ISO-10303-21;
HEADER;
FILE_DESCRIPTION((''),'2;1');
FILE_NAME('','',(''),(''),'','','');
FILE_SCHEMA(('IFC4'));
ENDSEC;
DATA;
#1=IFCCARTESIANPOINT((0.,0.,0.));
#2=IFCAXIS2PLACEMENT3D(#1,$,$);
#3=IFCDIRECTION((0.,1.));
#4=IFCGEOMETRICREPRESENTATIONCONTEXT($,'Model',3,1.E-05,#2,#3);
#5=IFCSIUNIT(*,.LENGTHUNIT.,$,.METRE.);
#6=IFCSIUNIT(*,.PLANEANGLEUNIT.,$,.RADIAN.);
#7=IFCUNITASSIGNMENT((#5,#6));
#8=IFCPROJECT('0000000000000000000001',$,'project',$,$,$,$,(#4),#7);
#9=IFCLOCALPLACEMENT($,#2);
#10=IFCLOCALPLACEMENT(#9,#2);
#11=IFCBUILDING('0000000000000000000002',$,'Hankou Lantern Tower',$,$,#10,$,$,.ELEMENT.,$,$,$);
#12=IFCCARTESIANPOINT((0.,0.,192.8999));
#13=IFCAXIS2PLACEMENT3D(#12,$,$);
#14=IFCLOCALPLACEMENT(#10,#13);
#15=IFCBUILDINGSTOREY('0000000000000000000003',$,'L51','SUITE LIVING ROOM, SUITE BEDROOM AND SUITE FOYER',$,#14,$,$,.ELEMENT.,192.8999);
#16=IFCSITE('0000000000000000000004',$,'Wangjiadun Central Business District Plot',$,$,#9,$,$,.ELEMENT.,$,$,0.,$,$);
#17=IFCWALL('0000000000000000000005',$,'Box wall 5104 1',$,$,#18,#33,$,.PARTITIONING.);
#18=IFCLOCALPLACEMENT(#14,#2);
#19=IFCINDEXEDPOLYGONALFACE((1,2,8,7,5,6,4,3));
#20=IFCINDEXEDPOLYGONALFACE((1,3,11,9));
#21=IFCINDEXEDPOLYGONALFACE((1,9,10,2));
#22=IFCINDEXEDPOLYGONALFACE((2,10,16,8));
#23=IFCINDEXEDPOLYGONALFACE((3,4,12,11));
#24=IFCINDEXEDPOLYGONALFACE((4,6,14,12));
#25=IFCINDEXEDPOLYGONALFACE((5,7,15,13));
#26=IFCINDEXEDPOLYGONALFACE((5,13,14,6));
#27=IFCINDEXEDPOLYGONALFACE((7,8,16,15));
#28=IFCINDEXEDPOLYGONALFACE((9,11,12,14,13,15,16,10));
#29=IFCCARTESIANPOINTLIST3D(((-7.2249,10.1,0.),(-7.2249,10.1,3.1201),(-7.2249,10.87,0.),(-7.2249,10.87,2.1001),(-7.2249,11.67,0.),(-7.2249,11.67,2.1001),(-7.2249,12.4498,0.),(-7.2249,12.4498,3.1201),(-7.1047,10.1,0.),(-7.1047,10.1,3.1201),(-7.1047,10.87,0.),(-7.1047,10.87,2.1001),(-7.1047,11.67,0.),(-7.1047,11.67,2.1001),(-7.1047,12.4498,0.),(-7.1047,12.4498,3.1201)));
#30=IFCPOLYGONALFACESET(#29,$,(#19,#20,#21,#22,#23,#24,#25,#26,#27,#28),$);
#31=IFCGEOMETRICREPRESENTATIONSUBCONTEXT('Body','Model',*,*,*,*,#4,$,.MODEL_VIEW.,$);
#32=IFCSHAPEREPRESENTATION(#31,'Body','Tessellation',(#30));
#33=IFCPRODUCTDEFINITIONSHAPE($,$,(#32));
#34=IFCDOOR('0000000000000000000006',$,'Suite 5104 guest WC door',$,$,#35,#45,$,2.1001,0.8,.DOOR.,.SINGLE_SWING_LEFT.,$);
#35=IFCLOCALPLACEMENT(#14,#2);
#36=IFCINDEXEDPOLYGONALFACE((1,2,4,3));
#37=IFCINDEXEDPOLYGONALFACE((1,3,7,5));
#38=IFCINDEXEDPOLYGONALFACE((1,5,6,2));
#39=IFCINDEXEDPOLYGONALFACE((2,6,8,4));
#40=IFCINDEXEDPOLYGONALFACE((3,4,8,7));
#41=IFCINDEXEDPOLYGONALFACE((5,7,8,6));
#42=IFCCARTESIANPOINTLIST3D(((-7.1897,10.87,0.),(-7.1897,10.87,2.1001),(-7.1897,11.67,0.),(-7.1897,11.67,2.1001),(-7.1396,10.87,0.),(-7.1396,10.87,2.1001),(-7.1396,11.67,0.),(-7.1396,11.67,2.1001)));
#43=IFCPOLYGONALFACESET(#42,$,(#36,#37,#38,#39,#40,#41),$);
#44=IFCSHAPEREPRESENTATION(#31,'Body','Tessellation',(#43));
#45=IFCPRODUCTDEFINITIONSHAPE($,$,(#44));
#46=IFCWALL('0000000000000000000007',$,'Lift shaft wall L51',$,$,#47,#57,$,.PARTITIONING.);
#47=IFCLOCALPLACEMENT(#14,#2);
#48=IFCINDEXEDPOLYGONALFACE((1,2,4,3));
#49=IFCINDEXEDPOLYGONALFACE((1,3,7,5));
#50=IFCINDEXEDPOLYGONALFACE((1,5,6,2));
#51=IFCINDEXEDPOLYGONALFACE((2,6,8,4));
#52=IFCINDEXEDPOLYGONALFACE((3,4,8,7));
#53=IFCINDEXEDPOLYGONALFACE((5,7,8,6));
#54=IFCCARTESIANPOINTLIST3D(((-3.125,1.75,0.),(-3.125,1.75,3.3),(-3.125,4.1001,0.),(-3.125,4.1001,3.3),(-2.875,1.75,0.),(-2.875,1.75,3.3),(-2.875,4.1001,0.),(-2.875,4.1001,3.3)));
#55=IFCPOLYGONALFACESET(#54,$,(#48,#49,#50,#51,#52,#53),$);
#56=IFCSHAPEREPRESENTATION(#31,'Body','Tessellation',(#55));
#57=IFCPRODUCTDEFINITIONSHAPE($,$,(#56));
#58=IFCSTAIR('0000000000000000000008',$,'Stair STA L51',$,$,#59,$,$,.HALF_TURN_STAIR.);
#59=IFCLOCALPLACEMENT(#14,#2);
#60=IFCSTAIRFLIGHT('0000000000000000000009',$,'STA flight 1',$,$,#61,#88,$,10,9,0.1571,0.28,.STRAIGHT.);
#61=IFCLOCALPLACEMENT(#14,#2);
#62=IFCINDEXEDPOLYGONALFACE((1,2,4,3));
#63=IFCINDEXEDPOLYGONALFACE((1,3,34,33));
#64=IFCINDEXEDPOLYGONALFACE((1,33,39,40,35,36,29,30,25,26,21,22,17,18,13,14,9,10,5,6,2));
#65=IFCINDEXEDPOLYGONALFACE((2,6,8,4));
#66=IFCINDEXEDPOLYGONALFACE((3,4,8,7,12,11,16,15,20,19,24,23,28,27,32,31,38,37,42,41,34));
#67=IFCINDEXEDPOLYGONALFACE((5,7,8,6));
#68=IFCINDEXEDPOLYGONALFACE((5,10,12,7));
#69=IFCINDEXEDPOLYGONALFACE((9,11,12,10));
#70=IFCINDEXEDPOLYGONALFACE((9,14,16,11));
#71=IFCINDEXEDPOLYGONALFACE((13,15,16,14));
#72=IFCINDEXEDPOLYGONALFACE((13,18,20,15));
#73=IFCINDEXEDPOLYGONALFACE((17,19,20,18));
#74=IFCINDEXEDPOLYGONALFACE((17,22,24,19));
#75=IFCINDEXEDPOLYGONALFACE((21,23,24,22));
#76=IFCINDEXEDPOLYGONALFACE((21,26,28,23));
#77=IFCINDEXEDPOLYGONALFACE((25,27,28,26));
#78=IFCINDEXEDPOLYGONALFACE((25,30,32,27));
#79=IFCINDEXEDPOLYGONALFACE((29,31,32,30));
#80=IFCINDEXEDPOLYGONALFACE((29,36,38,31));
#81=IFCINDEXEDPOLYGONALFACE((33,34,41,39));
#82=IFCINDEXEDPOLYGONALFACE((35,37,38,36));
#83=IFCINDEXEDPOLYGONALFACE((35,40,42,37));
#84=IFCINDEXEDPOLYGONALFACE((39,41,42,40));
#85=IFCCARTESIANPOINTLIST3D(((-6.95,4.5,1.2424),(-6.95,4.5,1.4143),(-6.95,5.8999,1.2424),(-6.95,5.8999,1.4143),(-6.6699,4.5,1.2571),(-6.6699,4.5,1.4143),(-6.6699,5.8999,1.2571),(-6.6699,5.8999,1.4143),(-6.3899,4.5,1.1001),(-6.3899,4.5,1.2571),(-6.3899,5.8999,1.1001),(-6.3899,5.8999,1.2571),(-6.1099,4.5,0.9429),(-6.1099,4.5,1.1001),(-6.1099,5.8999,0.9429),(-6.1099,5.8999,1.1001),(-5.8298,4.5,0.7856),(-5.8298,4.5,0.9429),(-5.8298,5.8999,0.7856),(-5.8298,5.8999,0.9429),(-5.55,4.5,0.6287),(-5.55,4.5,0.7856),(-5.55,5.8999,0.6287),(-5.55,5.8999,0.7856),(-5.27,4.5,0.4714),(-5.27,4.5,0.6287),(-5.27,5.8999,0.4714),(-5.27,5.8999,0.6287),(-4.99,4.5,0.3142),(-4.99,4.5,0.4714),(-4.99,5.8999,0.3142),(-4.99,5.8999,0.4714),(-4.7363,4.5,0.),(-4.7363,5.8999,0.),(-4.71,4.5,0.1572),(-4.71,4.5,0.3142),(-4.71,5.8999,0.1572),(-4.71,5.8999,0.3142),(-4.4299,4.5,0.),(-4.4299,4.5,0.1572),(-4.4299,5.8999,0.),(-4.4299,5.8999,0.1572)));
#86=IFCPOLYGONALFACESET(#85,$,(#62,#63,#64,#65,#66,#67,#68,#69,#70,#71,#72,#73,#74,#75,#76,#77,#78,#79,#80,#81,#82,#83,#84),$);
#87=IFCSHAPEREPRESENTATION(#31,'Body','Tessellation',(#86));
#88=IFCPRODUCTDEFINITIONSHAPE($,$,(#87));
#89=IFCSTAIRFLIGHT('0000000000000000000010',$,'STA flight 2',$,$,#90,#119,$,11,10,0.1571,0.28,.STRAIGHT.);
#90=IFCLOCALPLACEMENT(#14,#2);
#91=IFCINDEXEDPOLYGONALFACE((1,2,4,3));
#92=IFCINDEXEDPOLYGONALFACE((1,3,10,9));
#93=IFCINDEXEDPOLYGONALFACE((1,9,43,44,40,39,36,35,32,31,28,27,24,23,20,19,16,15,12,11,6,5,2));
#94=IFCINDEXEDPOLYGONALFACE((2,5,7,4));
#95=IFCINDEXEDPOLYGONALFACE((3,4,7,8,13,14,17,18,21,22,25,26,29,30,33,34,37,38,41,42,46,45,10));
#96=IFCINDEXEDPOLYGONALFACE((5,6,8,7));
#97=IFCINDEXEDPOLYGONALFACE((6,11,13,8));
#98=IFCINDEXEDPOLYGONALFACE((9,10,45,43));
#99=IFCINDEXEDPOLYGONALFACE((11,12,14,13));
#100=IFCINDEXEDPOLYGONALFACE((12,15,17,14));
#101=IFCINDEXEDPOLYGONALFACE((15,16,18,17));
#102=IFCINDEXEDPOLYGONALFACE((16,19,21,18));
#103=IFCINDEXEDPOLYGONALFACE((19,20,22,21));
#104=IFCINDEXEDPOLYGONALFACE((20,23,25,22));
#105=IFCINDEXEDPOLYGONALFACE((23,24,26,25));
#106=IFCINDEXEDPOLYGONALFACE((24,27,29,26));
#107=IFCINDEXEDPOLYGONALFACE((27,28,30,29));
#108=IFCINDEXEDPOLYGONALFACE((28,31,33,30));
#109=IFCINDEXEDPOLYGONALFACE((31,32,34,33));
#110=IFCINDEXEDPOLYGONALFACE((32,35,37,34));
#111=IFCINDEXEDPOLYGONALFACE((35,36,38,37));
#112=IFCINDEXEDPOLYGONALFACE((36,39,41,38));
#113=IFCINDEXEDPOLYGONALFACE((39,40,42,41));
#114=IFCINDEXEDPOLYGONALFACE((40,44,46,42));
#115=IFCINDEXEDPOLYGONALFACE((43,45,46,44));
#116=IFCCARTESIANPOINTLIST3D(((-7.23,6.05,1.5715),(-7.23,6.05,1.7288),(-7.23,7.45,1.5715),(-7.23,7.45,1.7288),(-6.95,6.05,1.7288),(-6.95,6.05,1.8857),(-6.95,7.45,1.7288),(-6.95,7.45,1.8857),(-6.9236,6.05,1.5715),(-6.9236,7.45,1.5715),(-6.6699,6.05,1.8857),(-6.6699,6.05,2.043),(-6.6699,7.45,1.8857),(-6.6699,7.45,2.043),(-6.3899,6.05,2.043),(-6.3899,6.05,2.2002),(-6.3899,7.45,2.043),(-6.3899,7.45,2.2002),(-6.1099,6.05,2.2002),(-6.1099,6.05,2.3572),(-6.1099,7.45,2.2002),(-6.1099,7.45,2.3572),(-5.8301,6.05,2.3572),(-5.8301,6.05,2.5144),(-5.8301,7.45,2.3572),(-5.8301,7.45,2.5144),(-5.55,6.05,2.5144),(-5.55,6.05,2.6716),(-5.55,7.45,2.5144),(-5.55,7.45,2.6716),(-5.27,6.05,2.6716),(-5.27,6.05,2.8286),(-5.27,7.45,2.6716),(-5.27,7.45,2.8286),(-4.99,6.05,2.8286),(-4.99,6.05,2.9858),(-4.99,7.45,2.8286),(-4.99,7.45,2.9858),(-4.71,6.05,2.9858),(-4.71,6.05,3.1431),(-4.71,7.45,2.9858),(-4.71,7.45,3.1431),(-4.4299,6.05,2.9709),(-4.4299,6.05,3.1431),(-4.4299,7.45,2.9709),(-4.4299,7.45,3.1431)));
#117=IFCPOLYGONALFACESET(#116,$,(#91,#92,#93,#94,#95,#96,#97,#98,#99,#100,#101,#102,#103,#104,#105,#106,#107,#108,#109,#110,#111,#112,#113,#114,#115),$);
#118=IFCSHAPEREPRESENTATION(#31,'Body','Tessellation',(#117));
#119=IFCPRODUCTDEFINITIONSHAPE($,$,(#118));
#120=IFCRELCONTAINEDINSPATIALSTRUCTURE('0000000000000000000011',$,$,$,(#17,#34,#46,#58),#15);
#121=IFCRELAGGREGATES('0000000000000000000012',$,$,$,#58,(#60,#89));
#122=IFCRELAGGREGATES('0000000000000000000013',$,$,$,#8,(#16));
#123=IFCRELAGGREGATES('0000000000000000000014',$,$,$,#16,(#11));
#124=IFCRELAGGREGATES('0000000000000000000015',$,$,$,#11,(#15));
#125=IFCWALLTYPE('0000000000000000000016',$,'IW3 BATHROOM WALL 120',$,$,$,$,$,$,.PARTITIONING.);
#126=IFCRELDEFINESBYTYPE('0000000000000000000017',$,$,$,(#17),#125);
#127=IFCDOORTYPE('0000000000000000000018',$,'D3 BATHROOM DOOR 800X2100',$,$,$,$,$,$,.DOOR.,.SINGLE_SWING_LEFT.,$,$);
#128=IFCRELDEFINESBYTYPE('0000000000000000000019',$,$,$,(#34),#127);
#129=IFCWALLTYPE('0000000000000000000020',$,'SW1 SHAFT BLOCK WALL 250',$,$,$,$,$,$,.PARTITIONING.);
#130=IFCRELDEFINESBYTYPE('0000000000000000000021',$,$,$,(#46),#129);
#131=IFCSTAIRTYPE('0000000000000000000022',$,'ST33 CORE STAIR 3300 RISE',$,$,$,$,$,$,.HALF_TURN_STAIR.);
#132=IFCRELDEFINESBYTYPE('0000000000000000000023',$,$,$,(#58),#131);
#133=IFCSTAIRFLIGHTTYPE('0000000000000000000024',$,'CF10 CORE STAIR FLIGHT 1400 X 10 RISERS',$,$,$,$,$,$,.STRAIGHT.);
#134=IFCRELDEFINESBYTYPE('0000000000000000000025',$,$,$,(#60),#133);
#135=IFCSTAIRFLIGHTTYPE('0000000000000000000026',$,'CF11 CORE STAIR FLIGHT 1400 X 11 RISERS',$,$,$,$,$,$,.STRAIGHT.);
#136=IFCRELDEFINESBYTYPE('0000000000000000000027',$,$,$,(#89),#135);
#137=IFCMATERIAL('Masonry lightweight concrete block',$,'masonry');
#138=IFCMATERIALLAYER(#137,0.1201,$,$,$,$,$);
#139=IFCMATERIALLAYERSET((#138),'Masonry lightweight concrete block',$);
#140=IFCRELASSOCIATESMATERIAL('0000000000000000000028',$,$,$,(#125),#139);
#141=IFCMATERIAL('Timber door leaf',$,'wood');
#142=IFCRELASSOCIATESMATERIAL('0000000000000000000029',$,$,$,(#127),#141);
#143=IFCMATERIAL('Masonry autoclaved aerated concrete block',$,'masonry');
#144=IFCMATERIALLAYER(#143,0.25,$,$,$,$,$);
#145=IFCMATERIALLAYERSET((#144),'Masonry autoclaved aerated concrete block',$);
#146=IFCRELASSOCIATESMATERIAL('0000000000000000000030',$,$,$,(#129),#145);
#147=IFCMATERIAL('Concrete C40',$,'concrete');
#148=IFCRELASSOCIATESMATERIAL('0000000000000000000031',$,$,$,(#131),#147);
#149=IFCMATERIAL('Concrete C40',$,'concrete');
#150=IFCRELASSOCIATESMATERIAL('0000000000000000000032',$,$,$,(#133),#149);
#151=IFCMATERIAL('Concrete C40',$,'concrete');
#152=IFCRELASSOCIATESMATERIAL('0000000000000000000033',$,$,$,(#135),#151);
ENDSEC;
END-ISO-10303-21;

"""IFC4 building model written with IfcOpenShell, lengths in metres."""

from ifc_helpers import new_model, si_unit, direction, frame, frame_2d, origin, place, context, subcontext, project, spatial, polyline, rectangle, outline, extrude, material, layer, layer_set, type_object, element, fill, aggregate, save


model = new_model("IFC4")

# Units and contexts
model_context = context("Model", 3, precision=1e-05, world=origin(), true_north=direction((0.0, 1.0)))
body_context = subcontext(model_context, "Body", "Model", "MODEL_VIEW")
ifc_project = project(units=[si_unit("LENGTHUNIT", "METRE"), si_unit("PLANEANGLEUNIT", "RADIAN")], contexts=[model_context])

# Site, building, storey
site_placement = place(None, origin())
site = spatial("IfcSite", under=ifc_project, at=site_placement, Name="Wangjiadun Central Business District Plot", CompositionType="ELEMENT", RefElevation=0.0)
building_placement = place(site_placement, origin())
building = spatial("IfcBuilding", under=site, at=building_placement, Name="Hankou Lantern Tower", CompositionType="ELEMENT")
storey_placement = place(building_placement, frame((0.0, 0.0, 192.8999)))
storey = spatial("IfcBuildingStorey", under=building, at=storey_placement, Name="L51", Description="SUITE LIVING ROOM, SUITE BEDROOM AND SUITE FOYER", CompositionType="ELEMENT", Elevation=192.8999)

# Shared definitions
ifc_material_1 = material(Name="Masonry lightweight concrete block", Category="masonry")
ifc_layer_1 = layer(ifc_material_1, 0.1201)
ifc_layer_set_1 = layer_set([ifc_layer_1], Name="Masonry lightweight concrete block")
wall_type_1 = type_object("IfcWallType", Name="IW3 BATHROOM WALL 120", PredefinedType="PARTITIONING", material=ifc_layer_set_1)

# Wall, opening, door
wall_1_placement = place(storey_placement, frame((-7.1648, 10.1001, 0.0), z_axis=(0.0, 0.0, 1.0), x_axis=(0.0, 1.0, 0.0)))
wall_1 = element("IfcWall", 1, at=wall_1_placement, inside=storey, type_object=wall_type_1, Name="Box wall 5104 1", PredefinedType="PARTITIONING", context=body_context, shape_type="SweptSolid", body=[
    extrude(rectangle(XDim=2.3499, YDim=0.1201, at=frame_2d((1.1748, 0.0))), origin(), (0.0, 0.0, 1.0), 3.1201),
])
opening_1_placement = place(wall_1_placement, frame((0.77, 0.0, 0.0)))
opening_1 = element("IfcOpeningElement", 2, at=opening_1_placement, cuts=wall_1, PredefinedType="OPENING", context=body_context, shape_type="SweptSolid", body=[
    extrude(rectangle(XDim=0.8, YDim=2.1001, at=frame_2d((0.3999, 1.05))), frame((0.0, 0.0701, 0.0), z_axis=(0.0, -1.0, 0.0), x_axis=(1.0, 0.0, 0.0)), (0.0, 0.0, 1.0), 0.1401),
])
ifc_material_2 = material(Name="Timber door leaf", Category="wood")
door_type_1 = type_object("IfcDoorType", Name="D3 BATHROOM DOOR 800X2100", OperationType="SINGLE_SWING_LEFT", PredefinedType="DOOR", material=ifc_material_2)
door_1_placement = place(opening_1_placement, origin())
door_1 = element("IfcDoor", 3, at=door_1_placement, inside=storey, type_object=door_type_1, Name="Suite 5104 guest WC door", OperationType="SINGLE_SWING_LEFT", OverallHeight=2.1001, OverallWidth=0.8, PredefinedType="DOOR", context=body_context, shape_type="SweptSolid", body=[
    extrude(rectangle(XDim=0.8, YDim=2.1001, at=frame_2d((0.3999, 1.05))), frame((0.0, 0.0249, 0.0), z_axis=(0.0, -1.0, 0.0), x_axis=(1.0, 0.0, 0.0)), (0.0, 0.0, 1.0), 0.05),
])
fill(opening_1, door_1)

# Wall
ifc_material_3 = material(Name="Masonry autoclaved aerated concrete block", Category="masonry")
ifc_layer_2 = layer(ifc_material_3, 0.25)
ifc_layer_set_2 = layer_set([ifc_layer_2], Name="Masonry autoclaved aerated concrete block")
wall_type_2 = type_object("IfcWallType", Name="SW1 SHAFT BLOCK WALL 250", PredefinedType="PARTITIONING", material=ifc_layer_set_2)
wall_2_placement = place(storey_placement, frame((-3.0, 1.75, 0.0), z_axis=(0.0, 0.0, 1.0), x_axis=(0.0, 1.0, 0.0)))
element("IfcWall", 4, at=wall_2_placement, inside=storey, type_object=wall_type_2, Name="Lift shaft wall L51", PredefinedType="PARTITIONING", context=body_context, shape_type="SweptSolid", body=[
    extrude(rectangle(XDim=2.3501, YDim=0.25, at=frame_2d((1.175, 0.0))), origin(), (0.0, 0.0, 1.0), 3.3),
])

# Stair, stair flights
ifc_material_4 = material(Name="Concrete C40", Category="concrete")
stair_type = type_object("IfcStairType", Name="ST33 CORE STAIR 3300 RISE", PredefinedType="HALF_TURN_STAIR", material=ifc_material_4)
stair_placement = place(storey_placement, origin())
stair = element("IfcStair", 5, at=stair_placement, inside=storey, type_object=stair_type, Name="Stair STA L51", PredefinedType="HALF_TURN_STAIR")
ifc_material_5 = material(Name="Concrete C40", Category="concrete")
stair_flight_type_1 = type_object("IfcStairFlightType", Name="CF10 CORE STAIR FLIGHT 1400 X 10 RISERS", PredefinedType="STRAIGHT", material=ifc_material_5)
stair_flight_1_placement = place(storey_placement, frame((-4.4299, 5.2, 0.0), z_axis=(0.0, 0.0, 1.0), x_axis=(-1.0, 0.0, 0.0)))
stair_flight_1 = element("IfcStairFlight", 6, at=stair_flight_1_placement, type_object=stair_flight_type_1, Name="STA flight 1", NumberOfRisers=10, NumberOfTreads=9, PredefinedType="STRAIGHT", RiserHeight=0.1571, TreadLength=0.28, context=body_context, shape_type="SweptSolid", body=[
    extrude(outline(polyline([(0.0, 0.0), (0.0, 0.1572), (0.28, 0.1572), (0.28, 0.3142), (0.5601, 0.3142), (0.5601, 0.4714), (0.8401, 0.4714), (0.8401, 0.6287), (1.1201, 0.6287), (1.1201, 0.7856), (1.3999, 0.7856), (1.3999, 0.9429), (1.6799, 0.9429), (1.6799, 1.1001), (1.96, 1.1001), (1.96, 1.2571), (2.24, 1.2571), (2.24, 1.4143), (2.52, 1.4143), (2.52, 1.5715), (2.52, 1.2424), (0.3064, 0.0), (0.0, 0.0)])), frame((0.0, 0.7, 0.0), z_axis=(0.0, -1.0, 0.0), x_axis=(1.0, 0.0, 0.0)), (0.0, 0.0, 1.0), 1.3999),
])
ifc_material_6 = material(Name="Concrete C40", Category="concrete")
stair_flight_type_2 = type_object("IfcStairFlightType", Name="CF11 CORE STAIR FLIGHT 1400 X 11 RISERS", PredefinedType="STRAIGHT", material=ifc_material_6)
stair_flight_2_placement = place(storey_placement, frame((-7.23, 6.75, 1.5715), z_axis=(0.0, 0.0, 1.0), x_axis=(1.0, 0.0, 0.0)))
stair_flight_2 = element("IfcStairFlight", 7, at=stair_flight_2_placement, type_object=stair_flight_type_2, Name="STA flight 2", NumberOfRisers=11, NumberOfTreads=10, PredefinedType="STRAIGHT", RiserHeight=0.1571, TreadLength=0.28, context=body_context, shape_type="SweptSolid", body=[
    extrude(outline(polyline([(0.0, 0.0), (0.0, 0.1572), (0.28, 0.1572), (0.28, 0.3142), (0.5601, 0.3142), (0.5601, 0.4714), (0.8401, 0.4714), (0.8401, 0.6287), (1.1201, 0.6287), (1.1201, 0.7856), (1.3999, 0.7856), (1.3999, 0.9429), (1.6799, 0.9429), (1.6799, 1.1001), (1.96, 1.1001), (1.96, 1.2571), (2.24, 1.2571), (2.24, 1.4143), (2.52, 1.4143), (2.52, 1.5715), (2.8, 1.5715), (2.8, 1.7285), (2.8, 1.3994), (0.3064, 0.0), (0.0, 0.0)])), frame((0.0, 0.7, 0.0), z_axis=(0.0, -1.0, 0.0), x_axis=(1.0, 0.0, 0.0)), (0.0, 0.0, 1.0), 1.3999),
])
aggregate(stair, [stair_flight_1, stair_flight_2])

save(model, "model.ifc")
